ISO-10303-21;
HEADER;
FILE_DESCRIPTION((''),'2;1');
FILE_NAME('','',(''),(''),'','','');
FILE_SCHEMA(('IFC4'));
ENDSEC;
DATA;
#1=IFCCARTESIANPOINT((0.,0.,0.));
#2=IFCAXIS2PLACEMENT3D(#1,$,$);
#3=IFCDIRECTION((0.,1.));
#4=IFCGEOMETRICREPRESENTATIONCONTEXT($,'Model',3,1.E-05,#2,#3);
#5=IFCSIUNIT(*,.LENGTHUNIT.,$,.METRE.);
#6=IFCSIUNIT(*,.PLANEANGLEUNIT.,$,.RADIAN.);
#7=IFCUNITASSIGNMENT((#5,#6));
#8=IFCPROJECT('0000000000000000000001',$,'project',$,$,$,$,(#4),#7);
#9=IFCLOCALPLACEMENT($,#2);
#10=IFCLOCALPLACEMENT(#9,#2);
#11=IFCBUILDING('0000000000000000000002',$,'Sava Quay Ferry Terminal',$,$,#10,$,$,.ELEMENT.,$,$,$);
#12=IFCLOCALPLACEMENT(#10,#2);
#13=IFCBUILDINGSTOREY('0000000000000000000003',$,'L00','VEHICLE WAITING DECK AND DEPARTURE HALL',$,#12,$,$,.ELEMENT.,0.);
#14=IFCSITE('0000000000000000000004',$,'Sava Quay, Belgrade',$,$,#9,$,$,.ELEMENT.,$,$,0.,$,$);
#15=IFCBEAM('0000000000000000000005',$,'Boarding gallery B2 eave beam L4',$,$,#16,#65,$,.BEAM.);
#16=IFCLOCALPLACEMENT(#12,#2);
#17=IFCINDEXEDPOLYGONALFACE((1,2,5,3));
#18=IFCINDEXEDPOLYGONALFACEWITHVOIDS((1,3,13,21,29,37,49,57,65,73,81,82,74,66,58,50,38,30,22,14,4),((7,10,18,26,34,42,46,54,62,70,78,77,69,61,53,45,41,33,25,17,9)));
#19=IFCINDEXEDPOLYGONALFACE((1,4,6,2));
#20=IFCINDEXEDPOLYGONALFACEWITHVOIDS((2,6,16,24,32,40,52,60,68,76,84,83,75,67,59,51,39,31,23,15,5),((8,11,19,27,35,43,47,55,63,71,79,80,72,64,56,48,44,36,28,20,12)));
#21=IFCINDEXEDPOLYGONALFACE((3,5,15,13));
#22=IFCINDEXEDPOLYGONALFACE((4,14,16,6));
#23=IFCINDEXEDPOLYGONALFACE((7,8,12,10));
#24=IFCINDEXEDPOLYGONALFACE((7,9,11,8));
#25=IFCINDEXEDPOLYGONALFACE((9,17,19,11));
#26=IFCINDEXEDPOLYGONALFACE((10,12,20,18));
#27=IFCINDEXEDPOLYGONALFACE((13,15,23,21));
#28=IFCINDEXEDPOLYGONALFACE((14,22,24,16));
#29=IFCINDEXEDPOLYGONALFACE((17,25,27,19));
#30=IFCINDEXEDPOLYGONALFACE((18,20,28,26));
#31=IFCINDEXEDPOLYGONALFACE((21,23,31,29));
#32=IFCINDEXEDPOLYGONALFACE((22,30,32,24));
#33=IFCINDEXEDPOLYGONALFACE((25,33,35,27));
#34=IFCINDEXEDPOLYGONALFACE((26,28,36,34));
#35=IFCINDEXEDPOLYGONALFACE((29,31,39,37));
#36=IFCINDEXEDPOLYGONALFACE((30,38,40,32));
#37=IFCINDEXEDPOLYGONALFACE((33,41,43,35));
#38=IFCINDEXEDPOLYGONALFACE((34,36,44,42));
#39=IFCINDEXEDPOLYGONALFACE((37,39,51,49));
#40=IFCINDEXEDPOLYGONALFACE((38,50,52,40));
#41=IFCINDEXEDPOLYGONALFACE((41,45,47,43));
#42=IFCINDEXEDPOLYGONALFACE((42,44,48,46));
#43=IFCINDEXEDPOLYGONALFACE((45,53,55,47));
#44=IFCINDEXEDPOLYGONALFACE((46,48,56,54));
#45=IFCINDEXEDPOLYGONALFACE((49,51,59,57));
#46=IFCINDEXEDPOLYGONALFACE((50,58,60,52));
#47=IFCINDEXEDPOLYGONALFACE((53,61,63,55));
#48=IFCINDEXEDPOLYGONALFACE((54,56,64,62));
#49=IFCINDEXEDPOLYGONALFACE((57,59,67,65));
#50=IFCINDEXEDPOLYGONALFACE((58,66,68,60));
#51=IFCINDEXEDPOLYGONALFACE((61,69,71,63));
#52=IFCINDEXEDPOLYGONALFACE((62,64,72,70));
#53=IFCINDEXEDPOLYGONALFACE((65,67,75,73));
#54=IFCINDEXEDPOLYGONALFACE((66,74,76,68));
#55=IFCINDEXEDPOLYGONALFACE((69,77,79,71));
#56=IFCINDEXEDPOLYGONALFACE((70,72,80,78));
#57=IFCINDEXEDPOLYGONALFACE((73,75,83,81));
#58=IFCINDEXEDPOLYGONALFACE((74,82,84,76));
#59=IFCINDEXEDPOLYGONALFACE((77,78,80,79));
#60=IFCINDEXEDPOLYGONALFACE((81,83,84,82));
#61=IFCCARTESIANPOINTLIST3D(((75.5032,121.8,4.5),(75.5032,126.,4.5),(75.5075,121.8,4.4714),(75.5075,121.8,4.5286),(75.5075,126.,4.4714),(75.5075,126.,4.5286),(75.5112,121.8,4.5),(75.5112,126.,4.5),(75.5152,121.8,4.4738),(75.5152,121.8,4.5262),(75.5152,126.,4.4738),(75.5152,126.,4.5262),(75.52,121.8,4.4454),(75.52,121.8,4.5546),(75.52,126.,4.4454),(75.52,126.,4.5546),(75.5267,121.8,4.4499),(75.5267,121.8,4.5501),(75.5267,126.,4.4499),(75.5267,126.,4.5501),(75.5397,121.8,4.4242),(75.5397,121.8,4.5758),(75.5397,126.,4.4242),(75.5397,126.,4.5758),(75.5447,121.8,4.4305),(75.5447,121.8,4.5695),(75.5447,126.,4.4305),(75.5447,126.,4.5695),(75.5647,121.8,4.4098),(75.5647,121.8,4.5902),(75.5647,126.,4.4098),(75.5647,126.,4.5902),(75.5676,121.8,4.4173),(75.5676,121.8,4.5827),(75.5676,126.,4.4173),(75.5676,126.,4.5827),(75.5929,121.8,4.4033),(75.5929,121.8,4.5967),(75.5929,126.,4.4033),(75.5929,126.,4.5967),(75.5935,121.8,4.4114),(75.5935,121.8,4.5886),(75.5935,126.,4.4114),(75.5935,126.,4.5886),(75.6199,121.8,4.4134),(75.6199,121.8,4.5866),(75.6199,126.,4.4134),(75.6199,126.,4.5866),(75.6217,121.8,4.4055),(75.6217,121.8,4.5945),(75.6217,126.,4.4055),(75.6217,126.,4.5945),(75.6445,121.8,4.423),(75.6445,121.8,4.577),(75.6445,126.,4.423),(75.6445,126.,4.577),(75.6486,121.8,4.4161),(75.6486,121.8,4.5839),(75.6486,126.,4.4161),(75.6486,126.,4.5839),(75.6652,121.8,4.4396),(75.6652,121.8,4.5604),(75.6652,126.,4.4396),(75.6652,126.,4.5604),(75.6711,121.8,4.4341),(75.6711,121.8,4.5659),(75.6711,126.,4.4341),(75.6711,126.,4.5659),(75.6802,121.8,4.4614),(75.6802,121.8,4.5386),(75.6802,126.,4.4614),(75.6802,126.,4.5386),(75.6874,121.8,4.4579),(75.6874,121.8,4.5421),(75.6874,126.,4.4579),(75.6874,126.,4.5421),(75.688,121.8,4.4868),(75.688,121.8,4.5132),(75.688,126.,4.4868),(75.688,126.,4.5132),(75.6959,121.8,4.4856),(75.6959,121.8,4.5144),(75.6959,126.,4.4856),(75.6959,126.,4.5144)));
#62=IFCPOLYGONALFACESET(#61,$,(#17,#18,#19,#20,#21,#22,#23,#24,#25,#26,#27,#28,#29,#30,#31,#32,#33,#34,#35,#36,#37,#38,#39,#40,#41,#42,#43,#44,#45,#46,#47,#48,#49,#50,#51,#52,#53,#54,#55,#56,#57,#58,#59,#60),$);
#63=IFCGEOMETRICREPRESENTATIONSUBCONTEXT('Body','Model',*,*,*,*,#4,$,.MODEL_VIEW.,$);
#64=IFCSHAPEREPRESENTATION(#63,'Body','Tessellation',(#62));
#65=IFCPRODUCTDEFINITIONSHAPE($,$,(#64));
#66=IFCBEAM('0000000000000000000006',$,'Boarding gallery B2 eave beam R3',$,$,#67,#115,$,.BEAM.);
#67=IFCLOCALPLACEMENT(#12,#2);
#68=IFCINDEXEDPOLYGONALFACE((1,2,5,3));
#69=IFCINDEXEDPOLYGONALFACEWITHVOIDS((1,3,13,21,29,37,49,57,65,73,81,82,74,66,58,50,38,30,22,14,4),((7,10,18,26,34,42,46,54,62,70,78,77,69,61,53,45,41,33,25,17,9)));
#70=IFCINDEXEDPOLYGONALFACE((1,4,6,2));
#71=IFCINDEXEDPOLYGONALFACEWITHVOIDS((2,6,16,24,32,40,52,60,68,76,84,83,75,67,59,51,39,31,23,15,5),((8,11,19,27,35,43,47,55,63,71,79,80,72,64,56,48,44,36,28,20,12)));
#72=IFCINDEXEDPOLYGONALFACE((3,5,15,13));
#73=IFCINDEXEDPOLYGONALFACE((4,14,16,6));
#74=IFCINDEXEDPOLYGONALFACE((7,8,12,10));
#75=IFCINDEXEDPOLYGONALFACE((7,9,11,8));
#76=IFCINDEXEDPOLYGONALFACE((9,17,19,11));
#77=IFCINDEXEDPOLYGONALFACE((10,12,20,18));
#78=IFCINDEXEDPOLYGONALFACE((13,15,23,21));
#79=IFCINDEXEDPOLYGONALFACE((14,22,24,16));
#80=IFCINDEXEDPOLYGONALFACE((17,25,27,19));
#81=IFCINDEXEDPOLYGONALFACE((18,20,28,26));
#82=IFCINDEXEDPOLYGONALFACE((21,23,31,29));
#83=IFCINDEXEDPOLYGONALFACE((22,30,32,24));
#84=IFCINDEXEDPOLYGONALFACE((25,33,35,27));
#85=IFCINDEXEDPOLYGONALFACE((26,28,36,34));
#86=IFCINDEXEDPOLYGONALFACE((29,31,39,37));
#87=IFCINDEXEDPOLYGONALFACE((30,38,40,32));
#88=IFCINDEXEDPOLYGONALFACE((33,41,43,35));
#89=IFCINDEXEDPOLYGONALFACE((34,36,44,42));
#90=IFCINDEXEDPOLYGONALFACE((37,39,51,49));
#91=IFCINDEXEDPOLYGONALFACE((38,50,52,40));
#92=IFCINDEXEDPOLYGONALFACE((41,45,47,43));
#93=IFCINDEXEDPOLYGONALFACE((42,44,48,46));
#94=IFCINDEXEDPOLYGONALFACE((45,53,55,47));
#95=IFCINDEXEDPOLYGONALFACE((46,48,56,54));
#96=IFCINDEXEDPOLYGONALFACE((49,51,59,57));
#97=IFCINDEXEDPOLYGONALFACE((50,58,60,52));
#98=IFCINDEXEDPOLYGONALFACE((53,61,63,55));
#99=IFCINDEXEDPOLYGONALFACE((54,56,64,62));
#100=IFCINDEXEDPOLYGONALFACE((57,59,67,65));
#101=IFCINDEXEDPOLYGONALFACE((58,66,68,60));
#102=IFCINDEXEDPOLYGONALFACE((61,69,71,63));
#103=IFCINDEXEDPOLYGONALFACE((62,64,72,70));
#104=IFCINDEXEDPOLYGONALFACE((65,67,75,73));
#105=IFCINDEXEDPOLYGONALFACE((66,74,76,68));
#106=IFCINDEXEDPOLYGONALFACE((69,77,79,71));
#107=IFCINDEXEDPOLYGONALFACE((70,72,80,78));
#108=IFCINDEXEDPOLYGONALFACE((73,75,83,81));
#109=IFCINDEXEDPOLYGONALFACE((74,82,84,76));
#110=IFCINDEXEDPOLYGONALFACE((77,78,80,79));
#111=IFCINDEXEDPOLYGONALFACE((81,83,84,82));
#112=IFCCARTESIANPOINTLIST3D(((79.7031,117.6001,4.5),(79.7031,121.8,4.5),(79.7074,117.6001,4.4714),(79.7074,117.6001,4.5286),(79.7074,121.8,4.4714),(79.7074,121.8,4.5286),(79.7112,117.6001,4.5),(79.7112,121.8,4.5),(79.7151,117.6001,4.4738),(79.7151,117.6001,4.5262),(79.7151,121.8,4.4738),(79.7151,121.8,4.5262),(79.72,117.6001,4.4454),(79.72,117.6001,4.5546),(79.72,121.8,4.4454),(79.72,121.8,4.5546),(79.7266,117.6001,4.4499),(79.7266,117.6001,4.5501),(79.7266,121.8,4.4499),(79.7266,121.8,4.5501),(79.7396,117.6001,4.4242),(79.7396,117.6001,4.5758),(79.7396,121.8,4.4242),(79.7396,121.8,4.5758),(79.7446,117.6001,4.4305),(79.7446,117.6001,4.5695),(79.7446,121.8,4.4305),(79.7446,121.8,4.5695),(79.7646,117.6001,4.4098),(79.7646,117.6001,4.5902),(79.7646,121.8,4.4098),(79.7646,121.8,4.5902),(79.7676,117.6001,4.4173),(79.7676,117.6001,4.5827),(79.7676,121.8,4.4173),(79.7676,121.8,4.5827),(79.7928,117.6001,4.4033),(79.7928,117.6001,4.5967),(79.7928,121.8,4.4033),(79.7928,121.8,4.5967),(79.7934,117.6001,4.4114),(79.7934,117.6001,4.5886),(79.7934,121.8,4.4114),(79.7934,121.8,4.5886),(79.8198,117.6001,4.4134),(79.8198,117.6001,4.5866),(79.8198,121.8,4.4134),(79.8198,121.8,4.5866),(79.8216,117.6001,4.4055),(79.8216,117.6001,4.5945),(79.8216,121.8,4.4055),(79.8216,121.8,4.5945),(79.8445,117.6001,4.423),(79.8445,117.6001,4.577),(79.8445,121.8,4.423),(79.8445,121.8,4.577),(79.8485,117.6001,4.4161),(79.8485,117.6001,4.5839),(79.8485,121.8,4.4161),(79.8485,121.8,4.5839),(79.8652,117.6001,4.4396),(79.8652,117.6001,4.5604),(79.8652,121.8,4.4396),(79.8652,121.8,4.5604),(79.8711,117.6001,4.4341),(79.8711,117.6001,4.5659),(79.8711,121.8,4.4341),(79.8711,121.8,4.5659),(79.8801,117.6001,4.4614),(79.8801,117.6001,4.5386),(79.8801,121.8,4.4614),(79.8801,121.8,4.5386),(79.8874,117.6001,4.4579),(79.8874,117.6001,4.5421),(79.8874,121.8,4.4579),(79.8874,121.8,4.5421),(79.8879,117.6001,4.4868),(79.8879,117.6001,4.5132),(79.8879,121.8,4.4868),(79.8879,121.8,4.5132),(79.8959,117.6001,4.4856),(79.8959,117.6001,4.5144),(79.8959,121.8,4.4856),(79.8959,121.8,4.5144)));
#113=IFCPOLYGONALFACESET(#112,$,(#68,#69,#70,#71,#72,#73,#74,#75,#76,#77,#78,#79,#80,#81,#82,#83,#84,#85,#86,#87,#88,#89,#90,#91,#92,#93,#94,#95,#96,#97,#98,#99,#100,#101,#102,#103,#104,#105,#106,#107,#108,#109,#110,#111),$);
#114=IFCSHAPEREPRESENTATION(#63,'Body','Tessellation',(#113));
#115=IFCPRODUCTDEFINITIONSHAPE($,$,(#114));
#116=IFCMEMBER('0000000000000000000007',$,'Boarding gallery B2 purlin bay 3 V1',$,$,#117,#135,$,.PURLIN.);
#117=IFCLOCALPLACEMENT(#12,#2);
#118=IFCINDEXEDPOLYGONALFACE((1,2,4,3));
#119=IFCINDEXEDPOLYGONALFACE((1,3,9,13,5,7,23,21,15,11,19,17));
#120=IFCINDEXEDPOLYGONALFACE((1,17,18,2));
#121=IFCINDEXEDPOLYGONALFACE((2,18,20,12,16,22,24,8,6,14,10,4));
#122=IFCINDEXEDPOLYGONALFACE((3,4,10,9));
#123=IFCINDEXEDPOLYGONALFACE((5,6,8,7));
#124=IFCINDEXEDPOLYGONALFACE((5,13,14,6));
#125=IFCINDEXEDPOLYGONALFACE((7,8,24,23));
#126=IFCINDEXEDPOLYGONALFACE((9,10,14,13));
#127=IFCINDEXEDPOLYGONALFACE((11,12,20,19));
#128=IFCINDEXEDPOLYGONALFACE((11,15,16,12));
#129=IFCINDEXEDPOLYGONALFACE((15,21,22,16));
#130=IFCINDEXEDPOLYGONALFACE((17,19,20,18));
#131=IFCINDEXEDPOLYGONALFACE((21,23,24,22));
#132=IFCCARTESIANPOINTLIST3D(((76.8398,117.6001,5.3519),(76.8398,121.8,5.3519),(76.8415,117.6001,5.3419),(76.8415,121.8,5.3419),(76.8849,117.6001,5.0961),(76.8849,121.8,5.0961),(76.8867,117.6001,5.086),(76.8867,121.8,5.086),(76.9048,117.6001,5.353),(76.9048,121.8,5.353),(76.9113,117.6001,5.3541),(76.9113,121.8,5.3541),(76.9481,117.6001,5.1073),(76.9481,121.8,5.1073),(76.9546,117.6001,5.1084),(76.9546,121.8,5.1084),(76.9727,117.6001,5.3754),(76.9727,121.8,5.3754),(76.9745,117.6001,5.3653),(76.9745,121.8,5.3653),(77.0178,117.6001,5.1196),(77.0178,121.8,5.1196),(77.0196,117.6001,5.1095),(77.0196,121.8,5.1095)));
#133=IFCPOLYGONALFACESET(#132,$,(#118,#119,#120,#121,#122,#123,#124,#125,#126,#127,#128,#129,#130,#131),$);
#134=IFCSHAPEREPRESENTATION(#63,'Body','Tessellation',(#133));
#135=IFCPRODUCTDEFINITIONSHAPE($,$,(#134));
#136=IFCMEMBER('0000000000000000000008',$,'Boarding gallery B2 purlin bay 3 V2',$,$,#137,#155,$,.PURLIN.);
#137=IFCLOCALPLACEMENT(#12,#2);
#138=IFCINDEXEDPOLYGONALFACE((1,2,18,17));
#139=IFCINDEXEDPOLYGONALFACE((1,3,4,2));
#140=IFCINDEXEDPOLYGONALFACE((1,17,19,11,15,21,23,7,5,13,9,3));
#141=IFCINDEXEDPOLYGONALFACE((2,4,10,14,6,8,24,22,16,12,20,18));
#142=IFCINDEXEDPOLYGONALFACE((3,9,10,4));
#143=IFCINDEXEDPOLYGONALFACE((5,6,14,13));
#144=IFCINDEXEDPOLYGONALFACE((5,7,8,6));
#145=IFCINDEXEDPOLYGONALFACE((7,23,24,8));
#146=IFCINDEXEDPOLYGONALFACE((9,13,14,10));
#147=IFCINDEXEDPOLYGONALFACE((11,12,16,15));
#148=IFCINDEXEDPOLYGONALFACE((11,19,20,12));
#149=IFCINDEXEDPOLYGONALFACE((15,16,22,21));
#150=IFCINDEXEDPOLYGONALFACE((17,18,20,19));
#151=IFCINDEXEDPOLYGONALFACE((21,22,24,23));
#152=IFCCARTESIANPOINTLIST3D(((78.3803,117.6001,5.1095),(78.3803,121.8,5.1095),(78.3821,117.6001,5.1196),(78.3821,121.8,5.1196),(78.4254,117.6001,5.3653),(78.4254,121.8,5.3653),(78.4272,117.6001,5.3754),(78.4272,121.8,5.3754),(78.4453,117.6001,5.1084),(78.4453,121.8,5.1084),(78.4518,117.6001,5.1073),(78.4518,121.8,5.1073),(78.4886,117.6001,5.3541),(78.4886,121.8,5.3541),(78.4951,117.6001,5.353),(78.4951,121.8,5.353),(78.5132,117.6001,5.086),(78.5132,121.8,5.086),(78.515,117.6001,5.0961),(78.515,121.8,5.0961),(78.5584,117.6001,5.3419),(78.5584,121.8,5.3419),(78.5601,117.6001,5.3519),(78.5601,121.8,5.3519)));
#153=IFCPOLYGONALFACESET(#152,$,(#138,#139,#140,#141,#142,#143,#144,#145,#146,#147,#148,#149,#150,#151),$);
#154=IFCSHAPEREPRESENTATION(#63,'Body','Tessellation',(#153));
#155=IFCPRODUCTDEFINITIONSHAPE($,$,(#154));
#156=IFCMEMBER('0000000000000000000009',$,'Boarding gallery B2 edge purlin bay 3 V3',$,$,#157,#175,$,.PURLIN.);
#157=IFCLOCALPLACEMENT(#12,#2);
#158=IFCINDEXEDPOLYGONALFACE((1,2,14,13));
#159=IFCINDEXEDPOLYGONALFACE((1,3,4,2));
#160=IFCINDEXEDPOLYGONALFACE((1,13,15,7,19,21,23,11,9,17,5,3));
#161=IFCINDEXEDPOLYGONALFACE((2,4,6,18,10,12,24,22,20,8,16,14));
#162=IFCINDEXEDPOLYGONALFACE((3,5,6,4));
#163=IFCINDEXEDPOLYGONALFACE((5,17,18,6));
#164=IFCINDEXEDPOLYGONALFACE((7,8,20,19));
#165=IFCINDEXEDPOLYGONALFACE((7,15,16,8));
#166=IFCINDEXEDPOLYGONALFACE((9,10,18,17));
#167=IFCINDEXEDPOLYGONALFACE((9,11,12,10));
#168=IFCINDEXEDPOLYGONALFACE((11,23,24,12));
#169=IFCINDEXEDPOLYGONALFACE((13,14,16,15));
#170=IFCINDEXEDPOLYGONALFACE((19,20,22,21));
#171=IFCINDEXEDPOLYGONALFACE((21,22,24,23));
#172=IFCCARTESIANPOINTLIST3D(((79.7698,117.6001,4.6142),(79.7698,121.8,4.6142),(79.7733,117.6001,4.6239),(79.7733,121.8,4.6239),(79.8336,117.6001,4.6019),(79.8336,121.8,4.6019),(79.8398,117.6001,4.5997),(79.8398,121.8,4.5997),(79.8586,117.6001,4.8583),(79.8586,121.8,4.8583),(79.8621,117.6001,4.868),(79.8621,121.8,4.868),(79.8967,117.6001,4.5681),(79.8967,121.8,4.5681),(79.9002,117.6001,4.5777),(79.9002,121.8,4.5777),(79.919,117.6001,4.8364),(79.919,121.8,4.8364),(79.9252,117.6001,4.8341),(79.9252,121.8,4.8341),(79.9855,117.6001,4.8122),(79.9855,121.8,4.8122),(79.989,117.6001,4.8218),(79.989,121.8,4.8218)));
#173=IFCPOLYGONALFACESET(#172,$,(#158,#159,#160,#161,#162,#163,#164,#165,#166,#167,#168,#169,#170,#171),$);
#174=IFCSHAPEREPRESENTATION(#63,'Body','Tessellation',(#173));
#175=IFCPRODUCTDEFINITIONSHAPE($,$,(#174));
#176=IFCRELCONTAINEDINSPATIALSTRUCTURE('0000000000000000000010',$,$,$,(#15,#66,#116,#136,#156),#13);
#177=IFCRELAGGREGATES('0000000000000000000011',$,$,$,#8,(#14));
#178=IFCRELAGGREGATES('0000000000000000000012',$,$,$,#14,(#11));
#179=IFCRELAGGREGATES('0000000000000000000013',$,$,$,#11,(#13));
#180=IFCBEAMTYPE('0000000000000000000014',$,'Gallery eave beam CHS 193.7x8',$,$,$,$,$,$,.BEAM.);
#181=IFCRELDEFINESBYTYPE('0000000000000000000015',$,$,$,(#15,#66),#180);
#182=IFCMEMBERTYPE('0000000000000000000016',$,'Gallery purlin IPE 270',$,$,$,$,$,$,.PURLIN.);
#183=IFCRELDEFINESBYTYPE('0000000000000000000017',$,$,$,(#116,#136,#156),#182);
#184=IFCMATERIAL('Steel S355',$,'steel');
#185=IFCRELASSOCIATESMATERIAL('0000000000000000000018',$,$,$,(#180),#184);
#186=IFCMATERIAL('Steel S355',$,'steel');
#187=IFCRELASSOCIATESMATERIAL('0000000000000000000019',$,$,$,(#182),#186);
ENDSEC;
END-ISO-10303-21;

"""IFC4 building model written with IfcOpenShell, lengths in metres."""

from ifc_helpers import new_model, si_unit, direction, frame, origin, origin_2d, place, context, subcontext, project, spatial, hollow_circle, i_section, extrude, material, material_profile, profile_set, type_object, element, save


model = new_model("IFC4")

# Units and contexts
model_context = context("Model", 3, precision=1e-05, world=origin(), true_north=direction((0.0, 1.0)))
body_context = subcontext(model_context, "Body", "Model", "MODEL_VIEW")
ifc_project = project(units=[si_unit("LENGTHUNIT", "METRE"), si_unit("PLANEANGLEUNIT", "RADIAN")], contexts=[model_context])

# Site, building, storey
site_placement = place(None, origin())
site = spatial("IfcSite", under=ifc_project, at=site_placement, Name="Sava Quay, Belgrade", CompositionType="ELEMENT", RefElevation=0.0)
building_placement = place(site_placement, origin())
building = spatial("IfcBuilding", under=site, at=building_placement, Name="Sava Quay Ferry Terminal", CompositionType="ELEMENT")
storey_placement = place(building_placement, origin())
storey = spatial("IfcBuildingStorey", under=building, at=storey_placement, Name="L00", Description="VEHICLE WAITING DECK AND DEPARTURE HALL", CompositionType="ELEMENT", Elevation=0.0)

# Beams
ifc_material_1 = material(Name="Steel S355", Category="steel")
ifc_material_profile_1 = material_profile(ifc_material_1, hollow_circle(Radius=0.0969, WallThickness=0.0081, at=origin_2d()), Name="CHS 193.7 x 8.0")
ifc_profile_set_1 = profile_set([ifc_material_profile_1], Name="Steel S355")
beam_type_1 = type_object("IfcBeamType", Name="Gallery eave beam CHS 193.7x8", PredefinedType="BEAM", material=ifc_profile_set_1)
for number, where, z_axis, x_axis, name in (
    (1, (75.6001, 121.8, 4.5), (0.0, 1.0, 0.0), (-1.0, 0.0, 0.0), "Boarding gallery B2 eave beam L4"),
    (2, (79.8, 117.6001, 4.5), (0.0, 1.0, 0.0), (-1.0, 0.0, 0.0), "Boarding gallery B2 eave beam R3"),
):
    element("IfcBeam", number, at=place(storey_placement, frame(where, z_axis=z_axis, x_axis=x_axis)), inside=storey, type_object=beam_type_1, Name=name, PredefinedType="BEAM", context=body_context, shape_type="SweptSolid", body=[
        extrude(hollow_circle(Radius=0.0969, WallThickness=0.0081, at=origin_2d()), origin(), (0.0, 0.0, 1.0), 4.2),
    ])

# Members
ifc_material_2 = material(Name="Steel S355", Category="steel")
ifc_material_profile_2 = material_profile(ifc_material_2, i_section(OverallWidth=0.135, OverallDepth=0.27, WebThickness=0.0066, FlangeThickness=0.0103, at=origin_2d()), Name="IPE 270")
ifc_profile_set_2 = profile_set([ifc_material_profile_2], Name="Steel S355")
member_type_1 = type_object("IfcMemberType", Name="Gallery purlin IPE 270", PredefinedType="PURLIN", material=ifc_profile_set_2)
for number, where, z_axis, x_axis, name in (
    (3, (76.9297, 117.6001, 5.2307), (0.0, 1.0, 0.0), (-0.984808, 0.0, -0.173648), "Boarding gallery B2 purlin bay 3 V1"),
    (4, (78.4702, 117.6001, 5.2307), (0.0, 1.0, 0.0), (-0.984808, 0.0, 0.173648), "Boarding gallery B2 purlin bay 3 V2"),
    (5, (79.8794, 117.6001, 4.718), (0.0, 1.0, 0.0), (-0.939693, 0.0, 0.34202), "Boarding gallery B2 edge purlin bay 3 V3"),
):
    element("IfcMember", number, at=place(storey_placement, frame(where, z_axis=z_axis, x_axis=x_axis)), inside=storey, type_object=member_type_1, Name=name, PredefinedType="PURLIN", context=body_context, shape_type="SweptSolid", body=[
        extrude(i_section(OverallWidth=0.135, OverallDepth=0.27, WebThickness=0.0066, FlangeThickness=0.0103, at=origin_2d()), origin(), (0.0, 0.0, 1.0), 4.2),
    ])

save(model, "model.ifc")
